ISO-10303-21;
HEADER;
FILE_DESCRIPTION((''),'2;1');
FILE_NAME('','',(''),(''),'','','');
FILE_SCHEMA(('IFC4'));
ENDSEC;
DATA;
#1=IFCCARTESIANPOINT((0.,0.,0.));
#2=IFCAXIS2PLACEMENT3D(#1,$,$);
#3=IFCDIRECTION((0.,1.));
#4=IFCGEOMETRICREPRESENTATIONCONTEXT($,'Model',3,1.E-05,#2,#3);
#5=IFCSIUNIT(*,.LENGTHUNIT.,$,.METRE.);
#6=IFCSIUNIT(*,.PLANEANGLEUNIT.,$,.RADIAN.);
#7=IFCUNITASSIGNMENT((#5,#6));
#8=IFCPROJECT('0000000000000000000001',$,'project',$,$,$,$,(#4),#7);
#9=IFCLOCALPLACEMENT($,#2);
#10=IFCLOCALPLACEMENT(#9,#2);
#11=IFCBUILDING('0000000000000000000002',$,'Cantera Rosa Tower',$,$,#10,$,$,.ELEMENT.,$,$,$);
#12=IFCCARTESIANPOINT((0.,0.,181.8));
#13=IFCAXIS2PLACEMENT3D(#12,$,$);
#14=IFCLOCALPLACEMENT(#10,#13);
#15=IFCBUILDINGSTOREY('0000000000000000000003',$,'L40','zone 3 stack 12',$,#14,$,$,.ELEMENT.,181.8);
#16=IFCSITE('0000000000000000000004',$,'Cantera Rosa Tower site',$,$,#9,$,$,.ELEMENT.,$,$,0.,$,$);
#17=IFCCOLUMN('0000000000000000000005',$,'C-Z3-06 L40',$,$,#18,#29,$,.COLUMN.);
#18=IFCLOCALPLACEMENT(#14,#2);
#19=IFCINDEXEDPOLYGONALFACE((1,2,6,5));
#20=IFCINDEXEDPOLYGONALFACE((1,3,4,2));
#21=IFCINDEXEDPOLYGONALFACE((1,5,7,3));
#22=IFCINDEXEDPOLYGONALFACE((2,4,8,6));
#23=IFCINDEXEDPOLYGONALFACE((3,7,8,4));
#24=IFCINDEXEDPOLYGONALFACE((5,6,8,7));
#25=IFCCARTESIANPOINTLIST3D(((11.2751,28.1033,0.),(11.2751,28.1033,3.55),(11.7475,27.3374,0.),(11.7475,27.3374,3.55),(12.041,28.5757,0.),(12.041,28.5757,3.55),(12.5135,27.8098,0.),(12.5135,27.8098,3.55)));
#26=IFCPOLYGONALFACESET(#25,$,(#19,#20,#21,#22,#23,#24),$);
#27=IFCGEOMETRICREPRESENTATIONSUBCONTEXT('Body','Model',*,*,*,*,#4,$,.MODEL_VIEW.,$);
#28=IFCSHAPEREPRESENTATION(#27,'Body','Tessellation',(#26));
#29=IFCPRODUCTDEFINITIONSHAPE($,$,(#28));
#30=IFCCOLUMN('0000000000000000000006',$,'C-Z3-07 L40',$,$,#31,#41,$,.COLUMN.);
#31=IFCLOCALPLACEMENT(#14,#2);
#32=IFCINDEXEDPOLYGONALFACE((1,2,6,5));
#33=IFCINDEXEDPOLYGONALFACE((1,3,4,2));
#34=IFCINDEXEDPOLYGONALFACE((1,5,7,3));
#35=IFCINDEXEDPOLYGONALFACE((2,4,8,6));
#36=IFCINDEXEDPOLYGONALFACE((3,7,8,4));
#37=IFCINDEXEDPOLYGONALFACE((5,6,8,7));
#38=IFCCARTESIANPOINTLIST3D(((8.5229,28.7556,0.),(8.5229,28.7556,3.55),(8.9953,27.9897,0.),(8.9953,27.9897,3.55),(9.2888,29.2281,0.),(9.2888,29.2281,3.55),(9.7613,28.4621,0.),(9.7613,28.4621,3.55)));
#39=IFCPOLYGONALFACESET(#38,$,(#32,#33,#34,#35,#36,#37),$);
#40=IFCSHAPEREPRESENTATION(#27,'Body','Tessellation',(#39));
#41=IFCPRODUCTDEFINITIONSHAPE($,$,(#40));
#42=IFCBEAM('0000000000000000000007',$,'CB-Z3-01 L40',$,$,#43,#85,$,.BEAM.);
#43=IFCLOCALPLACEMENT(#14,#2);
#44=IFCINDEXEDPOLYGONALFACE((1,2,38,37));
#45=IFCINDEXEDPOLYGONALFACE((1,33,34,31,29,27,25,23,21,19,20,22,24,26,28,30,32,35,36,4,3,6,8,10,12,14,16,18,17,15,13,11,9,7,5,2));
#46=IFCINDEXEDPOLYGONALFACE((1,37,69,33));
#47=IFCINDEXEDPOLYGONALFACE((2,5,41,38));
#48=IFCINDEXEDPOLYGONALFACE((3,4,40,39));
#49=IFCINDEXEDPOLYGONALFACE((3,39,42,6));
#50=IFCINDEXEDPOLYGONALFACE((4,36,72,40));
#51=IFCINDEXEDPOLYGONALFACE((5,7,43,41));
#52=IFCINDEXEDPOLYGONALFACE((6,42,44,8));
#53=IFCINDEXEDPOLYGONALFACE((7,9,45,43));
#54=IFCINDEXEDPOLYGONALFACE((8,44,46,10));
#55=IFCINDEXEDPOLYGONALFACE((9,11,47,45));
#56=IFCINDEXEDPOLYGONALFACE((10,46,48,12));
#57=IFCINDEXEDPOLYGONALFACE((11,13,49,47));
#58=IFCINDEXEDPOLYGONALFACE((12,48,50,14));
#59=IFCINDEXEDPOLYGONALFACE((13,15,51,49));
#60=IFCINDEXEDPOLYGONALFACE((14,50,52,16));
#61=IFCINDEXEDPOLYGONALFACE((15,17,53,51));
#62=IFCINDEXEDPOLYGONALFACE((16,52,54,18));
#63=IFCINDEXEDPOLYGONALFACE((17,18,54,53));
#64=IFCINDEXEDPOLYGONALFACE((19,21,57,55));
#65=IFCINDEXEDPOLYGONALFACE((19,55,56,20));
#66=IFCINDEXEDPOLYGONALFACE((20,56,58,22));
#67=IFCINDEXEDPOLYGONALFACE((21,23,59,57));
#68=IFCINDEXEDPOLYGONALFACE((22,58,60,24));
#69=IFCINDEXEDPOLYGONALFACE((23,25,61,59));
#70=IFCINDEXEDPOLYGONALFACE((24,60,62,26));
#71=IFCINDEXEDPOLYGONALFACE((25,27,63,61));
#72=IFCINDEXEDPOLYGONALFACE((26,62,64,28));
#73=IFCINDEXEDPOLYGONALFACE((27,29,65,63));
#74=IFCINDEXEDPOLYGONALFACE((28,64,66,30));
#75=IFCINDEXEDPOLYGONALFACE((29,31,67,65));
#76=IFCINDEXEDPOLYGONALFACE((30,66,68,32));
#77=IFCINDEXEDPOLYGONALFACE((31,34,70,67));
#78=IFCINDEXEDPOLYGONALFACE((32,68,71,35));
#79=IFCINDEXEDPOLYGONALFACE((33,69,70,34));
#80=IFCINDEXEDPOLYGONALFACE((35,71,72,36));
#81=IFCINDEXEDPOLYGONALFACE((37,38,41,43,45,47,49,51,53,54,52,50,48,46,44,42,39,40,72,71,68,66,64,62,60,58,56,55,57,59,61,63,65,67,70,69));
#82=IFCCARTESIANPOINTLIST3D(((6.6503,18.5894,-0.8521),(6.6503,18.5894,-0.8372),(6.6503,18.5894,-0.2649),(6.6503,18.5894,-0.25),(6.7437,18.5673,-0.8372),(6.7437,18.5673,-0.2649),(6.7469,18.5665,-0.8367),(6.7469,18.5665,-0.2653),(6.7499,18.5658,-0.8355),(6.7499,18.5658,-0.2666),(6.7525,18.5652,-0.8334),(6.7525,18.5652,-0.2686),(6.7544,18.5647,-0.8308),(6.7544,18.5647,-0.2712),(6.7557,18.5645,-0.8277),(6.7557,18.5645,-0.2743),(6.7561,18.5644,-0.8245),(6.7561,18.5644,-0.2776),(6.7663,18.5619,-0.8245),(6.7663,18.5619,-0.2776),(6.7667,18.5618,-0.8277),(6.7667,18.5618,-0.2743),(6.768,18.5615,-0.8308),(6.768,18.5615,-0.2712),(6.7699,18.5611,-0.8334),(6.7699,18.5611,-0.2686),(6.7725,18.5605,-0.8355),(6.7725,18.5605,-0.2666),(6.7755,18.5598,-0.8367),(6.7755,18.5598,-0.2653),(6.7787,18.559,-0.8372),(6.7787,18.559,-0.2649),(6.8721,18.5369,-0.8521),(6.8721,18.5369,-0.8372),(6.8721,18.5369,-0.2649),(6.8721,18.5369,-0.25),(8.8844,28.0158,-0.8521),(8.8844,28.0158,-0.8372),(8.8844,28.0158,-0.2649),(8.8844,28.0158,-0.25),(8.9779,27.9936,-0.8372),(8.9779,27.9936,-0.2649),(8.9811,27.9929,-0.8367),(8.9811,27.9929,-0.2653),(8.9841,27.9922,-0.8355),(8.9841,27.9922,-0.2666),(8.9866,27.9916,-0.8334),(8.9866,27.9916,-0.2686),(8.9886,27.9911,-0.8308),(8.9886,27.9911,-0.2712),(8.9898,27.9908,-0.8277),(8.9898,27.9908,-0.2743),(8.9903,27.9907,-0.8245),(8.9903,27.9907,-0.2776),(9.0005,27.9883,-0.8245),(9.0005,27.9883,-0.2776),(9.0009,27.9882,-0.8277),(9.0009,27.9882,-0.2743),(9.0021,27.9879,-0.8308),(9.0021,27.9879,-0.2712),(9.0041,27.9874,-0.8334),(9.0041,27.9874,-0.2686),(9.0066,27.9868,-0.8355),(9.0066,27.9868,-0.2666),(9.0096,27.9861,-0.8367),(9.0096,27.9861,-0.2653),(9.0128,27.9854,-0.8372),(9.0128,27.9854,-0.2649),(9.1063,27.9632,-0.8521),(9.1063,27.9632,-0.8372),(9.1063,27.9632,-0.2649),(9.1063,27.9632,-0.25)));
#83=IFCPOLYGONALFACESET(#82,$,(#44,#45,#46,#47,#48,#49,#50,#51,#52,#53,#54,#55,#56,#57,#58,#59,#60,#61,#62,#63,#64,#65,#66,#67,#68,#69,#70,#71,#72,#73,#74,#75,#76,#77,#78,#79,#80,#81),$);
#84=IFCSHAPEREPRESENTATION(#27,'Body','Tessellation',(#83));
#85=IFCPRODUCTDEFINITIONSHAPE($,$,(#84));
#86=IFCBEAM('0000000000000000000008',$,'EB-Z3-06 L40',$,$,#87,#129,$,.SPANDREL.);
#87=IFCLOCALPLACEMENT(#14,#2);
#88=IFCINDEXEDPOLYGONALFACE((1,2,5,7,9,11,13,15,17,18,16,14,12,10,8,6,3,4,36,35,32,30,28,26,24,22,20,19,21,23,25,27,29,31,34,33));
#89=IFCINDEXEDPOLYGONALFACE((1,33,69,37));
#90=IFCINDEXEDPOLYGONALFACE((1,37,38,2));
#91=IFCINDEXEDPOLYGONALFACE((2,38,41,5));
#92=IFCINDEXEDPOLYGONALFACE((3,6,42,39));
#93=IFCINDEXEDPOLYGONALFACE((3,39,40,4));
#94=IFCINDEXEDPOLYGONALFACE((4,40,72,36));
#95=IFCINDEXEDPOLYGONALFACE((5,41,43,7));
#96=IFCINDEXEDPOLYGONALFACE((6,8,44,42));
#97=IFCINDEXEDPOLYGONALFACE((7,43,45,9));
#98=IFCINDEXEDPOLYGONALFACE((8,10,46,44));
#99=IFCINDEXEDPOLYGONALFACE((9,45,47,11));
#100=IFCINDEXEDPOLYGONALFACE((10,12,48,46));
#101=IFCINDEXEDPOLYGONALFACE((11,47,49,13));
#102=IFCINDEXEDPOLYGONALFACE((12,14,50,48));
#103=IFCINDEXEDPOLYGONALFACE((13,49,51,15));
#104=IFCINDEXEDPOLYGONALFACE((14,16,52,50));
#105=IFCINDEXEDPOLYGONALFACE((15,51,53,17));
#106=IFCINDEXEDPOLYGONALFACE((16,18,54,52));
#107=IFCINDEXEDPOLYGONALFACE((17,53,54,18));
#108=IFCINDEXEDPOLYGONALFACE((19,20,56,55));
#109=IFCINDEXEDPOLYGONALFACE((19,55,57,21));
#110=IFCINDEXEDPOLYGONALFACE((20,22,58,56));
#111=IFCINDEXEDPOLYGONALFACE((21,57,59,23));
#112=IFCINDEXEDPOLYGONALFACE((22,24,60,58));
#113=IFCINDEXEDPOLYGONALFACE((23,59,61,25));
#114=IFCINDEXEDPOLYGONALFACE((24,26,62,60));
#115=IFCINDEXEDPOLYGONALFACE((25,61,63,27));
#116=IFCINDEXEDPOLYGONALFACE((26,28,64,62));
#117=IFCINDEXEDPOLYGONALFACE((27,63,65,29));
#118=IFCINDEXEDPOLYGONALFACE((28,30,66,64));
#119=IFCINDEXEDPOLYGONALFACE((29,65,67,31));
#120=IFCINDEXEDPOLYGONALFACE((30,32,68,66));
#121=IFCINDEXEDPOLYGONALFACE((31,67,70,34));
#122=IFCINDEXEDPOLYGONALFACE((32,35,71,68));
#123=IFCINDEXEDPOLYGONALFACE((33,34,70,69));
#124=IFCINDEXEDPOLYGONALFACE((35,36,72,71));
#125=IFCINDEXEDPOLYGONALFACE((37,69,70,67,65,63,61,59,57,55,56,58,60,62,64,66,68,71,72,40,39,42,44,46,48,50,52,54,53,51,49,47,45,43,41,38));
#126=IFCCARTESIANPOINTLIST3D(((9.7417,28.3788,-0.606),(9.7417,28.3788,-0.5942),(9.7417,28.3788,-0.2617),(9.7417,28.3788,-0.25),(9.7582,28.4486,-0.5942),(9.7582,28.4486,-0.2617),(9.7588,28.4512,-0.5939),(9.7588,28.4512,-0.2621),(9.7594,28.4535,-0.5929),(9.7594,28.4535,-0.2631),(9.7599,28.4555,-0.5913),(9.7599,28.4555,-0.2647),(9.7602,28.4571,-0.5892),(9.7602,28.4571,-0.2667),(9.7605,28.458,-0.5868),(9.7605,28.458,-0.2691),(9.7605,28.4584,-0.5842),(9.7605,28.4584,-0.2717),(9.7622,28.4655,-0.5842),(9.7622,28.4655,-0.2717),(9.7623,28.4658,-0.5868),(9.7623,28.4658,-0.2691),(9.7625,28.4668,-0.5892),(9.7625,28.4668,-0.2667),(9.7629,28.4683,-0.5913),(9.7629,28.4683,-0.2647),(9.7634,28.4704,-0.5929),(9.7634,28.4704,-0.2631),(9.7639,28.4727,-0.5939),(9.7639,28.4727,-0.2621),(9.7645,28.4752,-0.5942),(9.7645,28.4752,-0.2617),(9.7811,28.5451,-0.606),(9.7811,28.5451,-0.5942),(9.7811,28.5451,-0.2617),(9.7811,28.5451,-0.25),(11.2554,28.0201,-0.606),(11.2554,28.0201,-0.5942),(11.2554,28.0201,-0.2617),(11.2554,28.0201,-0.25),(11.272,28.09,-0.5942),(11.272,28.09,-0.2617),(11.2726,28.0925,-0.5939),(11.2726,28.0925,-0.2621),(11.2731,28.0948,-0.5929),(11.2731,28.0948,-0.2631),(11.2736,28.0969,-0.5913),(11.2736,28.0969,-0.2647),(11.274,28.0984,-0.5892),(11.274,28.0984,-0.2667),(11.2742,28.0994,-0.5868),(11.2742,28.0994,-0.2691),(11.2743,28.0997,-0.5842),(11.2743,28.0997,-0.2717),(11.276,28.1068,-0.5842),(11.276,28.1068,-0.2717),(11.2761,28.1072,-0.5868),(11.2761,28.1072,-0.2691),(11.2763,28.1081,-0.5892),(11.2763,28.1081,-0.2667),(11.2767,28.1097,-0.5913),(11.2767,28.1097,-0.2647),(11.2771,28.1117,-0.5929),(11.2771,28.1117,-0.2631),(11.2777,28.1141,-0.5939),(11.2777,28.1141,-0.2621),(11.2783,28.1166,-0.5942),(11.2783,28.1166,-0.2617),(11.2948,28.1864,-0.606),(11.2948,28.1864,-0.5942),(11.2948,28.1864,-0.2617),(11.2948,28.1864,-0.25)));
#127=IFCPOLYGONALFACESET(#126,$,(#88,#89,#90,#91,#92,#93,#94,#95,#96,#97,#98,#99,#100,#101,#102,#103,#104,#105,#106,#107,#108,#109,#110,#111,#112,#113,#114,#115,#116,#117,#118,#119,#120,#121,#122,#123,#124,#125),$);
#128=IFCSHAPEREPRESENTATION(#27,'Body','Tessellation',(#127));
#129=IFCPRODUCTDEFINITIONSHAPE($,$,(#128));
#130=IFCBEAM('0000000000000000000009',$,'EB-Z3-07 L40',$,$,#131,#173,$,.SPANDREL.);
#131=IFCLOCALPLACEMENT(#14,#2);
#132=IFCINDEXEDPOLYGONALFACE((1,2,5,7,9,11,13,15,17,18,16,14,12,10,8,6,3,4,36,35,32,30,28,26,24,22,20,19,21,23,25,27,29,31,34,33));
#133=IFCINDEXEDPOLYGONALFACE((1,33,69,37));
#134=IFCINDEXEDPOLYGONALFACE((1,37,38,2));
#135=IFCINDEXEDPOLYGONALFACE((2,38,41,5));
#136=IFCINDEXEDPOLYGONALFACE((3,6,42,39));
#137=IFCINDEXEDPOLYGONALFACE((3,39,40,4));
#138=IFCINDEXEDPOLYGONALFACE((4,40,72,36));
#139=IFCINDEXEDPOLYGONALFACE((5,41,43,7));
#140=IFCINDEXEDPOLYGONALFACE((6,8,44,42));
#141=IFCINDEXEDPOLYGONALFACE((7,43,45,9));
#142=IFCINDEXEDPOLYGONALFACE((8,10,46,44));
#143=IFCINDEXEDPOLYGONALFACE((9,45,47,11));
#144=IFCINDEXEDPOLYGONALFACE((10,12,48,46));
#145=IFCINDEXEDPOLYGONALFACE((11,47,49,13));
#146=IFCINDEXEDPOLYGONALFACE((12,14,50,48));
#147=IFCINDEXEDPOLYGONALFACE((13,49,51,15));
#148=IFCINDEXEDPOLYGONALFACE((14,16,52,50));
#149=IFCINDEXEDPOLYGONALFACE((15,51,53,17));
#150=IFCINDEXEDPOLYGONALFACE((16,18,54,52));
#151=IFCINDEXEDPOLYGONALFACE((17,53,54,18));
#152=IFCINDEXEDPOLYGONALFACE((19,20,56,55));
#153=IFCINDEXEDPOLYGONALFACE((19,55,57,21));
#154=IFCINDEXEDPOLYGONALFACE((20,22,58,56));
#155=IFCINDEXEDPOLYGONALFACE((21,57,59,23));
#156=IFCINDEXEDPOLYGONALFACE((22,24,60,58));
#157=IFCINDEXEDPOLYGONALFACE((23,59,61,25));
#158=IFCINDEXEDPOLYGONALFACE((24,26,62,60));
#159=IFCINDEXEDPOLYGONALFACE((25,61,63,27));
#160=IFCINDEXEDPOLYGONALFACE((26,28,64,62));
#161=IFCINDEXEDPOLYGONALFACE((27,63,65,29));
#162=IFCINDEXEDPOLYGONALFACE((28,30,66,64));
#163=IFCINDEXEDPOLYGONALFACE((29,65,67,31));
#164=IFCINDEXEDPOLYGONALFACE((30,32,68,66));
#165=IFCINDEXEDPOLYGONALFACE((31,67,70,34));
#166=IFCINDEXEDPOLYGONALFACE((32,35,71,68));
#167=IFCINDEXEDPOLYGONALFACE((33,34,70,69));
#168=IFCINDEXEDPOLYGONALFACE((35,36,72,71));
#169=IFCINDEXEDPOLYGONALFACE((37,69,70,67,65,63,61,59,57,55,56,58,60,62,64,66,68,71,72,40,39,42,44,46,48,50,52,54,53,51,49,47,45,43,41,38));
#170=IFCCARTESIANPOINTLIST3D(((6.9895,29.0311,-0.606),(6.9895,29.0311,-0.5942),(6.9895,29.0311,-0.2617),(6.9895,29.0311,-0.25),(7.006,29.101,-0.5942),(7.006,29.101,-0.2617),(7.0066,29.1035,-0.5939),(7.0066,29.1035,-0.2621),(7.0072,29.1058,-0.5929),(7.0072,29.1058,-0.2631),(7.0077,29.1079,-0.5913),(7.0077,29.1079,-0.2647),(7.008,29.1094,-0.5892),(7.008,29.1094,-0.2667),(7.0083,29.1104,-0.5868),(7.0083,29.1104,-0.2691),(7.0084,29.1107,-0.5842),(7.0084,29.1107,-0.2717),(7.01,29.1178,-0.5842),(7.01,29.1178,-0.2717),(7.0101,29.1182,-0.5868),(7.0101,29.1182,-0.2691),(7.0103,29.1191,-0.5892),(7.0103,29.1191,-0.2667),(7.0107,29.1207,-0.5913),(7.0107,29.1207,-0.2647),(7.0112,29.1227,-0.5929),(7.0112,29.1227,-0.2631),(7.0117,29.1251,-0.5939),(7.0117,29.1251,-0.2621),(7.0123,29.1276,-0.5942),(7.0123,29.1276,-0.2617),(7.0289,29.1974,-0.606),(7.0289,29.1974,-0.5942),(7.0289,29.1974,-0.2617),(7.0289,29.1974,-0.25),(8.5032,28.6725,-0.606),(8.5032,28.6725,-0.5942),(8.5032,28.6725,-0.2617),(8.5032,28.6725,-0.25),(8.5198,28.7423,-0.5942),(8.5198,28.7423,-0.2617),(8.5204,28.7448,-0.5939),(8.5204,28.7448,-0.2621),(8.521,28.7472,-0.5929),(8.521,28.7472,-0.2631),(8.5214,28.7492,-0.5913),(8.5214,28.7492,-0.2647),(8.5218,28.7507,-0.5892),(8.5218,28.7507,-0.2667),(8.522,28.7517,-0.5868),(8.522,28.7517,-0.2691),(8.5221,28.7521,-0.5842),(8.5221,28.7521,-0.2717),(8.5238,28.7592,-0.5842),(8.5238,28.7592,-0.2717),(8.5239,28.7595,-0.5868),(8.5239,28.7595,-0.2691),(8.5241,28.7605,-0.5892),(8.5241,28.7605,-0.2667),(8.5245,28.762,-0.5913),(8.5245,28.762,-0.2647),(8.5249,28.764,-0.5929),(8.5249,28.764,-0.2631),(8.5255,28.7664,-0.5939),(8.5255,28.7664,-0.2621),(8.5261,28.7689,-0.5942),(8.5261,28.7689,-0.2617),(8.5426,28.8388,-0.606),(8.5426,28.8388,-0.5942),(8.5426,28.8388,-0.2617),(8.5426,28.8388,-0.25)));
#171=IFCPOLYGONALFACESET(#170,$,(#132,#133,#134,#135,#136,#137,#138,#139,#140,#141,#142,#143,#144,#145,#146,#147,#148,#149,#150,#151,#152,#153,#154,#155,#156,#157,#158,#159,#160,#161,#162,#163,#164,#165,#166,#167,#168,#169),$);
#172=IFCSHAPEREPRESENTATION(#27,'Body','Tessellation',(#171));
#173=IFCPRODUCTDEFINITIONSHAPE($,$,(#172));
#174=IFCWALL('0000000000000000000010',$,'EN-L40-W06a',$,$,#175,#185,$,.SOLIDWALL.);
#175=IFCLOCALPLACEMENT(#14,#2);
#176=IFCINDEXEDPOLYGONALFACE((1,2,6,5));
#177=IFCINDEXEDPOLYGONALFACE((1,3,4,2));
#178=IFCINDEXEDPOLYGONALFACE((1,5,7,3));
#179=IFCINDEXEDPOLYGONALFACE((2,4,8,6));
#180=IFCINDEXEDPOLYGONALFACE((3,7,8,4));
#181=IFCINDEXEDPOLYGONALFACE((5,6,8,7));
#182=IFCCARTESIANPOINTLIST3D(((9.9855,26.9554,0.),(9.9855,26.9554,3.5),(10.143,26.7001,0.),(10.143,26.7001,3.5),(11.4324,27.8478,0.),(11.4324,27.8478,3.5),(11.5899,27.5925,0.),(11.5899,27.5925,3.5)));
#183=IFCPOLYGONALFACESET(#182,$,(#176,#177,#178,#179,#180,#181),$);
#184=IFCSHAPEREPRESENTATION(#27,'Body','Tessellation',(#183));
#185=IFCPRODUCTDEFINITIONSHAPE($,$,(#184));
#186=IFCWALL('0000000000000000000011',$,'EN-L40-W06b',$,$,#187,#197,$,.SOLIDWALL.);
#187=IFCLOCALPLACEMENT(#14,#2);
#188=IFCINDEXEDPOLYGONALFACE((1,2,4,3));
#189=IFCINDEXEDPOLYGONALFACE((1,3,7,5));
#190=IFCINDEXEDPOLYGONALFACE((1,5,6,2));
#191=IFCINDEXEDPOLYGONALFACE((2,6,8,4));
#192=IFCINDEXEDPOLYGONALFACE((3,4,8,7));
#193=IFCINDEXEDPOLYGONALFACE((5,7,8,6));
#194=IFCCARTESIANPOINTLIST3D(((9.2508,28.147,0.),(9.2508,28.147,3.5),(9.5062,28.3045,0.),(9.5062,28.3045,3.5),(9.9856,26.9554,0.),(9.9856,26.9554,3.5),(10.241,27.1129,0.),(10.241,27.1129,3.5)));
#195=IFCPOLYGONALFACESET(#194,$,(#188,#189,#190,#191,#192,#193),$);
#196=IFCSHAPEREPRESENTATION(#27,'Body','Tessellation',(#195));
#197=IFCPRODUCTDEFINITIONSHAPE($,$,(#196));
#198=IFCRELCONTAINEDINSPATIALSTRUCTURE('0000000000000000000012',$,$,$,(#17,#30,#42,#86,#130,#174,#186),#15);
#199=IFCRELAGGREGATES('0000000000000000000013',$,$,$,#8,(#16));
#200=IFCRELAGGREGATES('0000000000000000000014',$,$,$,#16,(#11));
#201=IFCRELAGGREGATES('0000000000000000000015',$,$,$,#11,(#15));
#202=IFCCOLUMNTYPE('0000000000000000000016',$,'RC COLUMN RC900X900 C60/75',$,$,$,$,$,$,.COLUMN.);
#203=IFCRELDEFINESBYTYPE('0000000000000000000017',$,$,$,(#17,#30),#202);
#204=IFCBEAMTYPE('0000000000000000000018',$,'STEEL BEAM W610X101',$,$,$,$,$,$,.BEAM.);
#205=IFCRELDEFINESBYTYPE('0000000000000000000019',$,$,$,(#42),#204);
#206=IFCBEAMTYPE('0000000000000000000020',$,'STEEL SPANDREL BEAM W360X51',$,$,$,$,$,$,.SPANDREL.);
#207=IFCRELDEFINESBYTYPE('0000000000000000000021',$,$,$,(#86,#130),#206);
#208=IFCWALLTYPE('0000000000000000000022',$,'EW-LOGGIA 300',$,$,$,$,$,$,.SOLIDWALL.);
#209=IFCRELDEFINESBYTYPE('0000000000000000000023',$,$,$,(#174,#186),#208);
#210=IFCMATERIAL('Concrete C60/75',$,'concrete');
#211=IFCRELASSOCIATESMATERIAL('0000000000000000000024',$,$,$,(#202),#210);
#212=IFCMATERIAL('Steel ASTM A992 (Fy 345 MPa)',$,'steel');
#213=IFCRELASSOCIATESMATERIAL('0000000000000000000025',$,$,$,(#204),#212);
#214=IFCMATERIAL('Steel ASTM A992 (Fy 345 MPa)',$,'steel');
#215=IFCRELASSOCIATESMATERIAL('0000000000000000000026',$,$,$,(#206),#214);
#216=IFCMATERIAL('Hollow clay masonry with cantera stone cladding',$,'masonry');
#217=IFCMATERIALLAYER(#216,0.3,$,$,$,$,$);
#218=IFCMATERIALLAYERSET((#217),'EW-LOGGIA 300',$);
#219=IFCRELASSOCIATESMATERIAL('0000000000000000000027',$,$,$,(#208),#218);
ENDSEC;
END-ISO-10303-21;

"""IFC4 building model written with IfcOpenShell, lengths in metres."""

from ifc_helpers import new_model, si_unit, direction, frame, frame_2d, origin, origin_2d, place, context, subcontext, project, spatial, rectangle, i_section, extrude, material, layer, layer_set, material_profile, profile_set, type_object, element, save


model = new_model("IFC4")

# Units and contexts
model_context = context("Model", 3, precision=1e-05, world=origin(), true_north=direction((0.0, 1.0)))
body_context = subcontext(model_context, "Body", "Model", "MODEL_VIEW")
ifc_project = project(units=[si_unit("LENGTHUNIT", "METRE"), si_unit("PLANEANGLEUNIT", "RADIAN")], contexts=[model_context])

# Site, building, storey
site_placement = place(None, origin())
site = spatial("IfcSite", under=ifc_project, at=site_placement, Name="Cantera Rosa Tower site", CompositionType="ELEMENT", RefElevation=0.0)
building_placement = place(site_placement, origin())
building = spatial("IfcBuilding", under=site, at=building_placement, Name="Cantera Rosa Tower", CompositionType="ELEMENT")
storey_placement = place(building_placement, frame((0.0, 0.0, 181.8)))
storey = spatial("IfcBuildingStorey", under=building, at=storey_placement, Name="L40", Description="zone 3 stack 12", CompositionType="ELEMENT", Elevation=181.8)

# Columns
ifc_material_1 = material(Name="Concrete C60/75", Category="concrete")
ifc_material_profile_1 = material_profile(ifc_material_1, rectangle(XDim=0.8999, YDim=0.8999, at=origin_2d()), Name="RC COLUMN RC900X900 C60/75")
ifc_profile_set_1 = profile_set([ifc_material_profile_1], Name="Concrete C60/75")
column_type = type_object("IfcColumnType", Name="RC COLUMN RC900X900 C60/75", PredefinedType="COLUMN", material=ifc_profile_set_1)
for number, where, z_axis, x_axis, name in (
    (1, (11.8943, 27.9565, 0.0), (0.0, 0.0, 1.0), (0.851117, 0.524977, 0.0), "C-Z3-06 L40"),
    (2, (9.1421, 28.6089, 0.0), (0.0, 0.0, 1.0), (0.851117, 0.524977, 0.0), "C-Z3-07 L40"),
):
    element("IfcColumn", number, at=place(storey_placement, frame(where, z_axis=z_axis, x_axis=x_axis)), inside=storey, type_object=column_type, Name=name, PredefinedType="COLUMN", context=body_context, shape_type="SweptSolid", body=[
        extrude(rectangle(XDim=0.8999, YDim=0.8999, at=origin_2d()), origin(), (0.0, 0.0, 1.0), 3.55),
    ])

# Beams
ifc_material_2 = material(Name="Steel ASTM A992 (Fy 345 MPa)", Category="steel")
ifc_material_profile_2 = material_profile(ifc_material_2, i_section(OverallWidth=0.228, OverallDepth=0.6021, WebThickness=0.0105, FlangeThickness=0.0149, FilletRadius=0.0127, at=origin_2d()), Name="W610X101")
ifc_profile_set_2 = profile_set([ifc_material_profile_2], Name="Steel ASTM A992 (Fy 345 MPa)")
beam_type_1 = type_object("IfcBeamType", Name="STEEL BEAM W610X101", PredefinedType="BEAM", material=ifc_profile_set_2)
beam_placement = place(storey_placement, frame((8.9954, 27.9895, -0.551), z_axis=(-0.230622, -0.973043, 0.0), x_axis=(0.973043, -0.230622, 0.0)))
element("IfcBeam", 3, at=beam_placement, inside=storey, type_object=beam_type_1, Name="CB-Z3-01 L40", PredefinedType="BEAM", context=body_context, shape_type="SweptSolid", body=[
    extrude(i_section(OverallWidth=0.228, OverallDepth=0.6021, WebThickness=0.0105, FlangeThickness=0.0149, FilletRadius=0.0127, at=origin_2d()), origin(), (0.0, 0.0, 1.0), 9.6875),
])
ifc_material_3 = material(Name="Steel ASTM A992 (Fy 345 MPa)", Category="steel")
ifc_material_profile_3 = material_profile(ifc_material_3, i_section(OverallWidth=0.1709, OverallDepth=0.356, WebThickness=0.0073, FlangeThickness=0.0117, FilletRadius=0.01, at=origin_2d()), Name="W360X51")
ifc_profile_set_3 = profile_set([ifc_material_profile_3], Name="Steel ASTM A992 (Fy 345 MPa)")
beam_type_2 = type_object("IfcBeamType", Name="STEEL SPANDREL BEAM W360X51", PredefinedType="SPANDREL", material=ifc_profile_set_3)
for number, where, z_axis, x_axis, name in (
    (4, (11.2751, 28.1033, -0.428), (-0.97306, 0.230552, 0.0), (-0.230552, -0.97306, 0.0), "EB-Z3-06 L40"),
    (5, (8.5229, 28.7556, -0.428), (-0.97306, 0.230552, 0.0), (-0.230552, -0.97306, 0.0), "EB-Z3-07 L40"),
):
    element("IfcBeam", number, at=place(storey_placement, frame(where, z_axis=z_axis, x_axis=x_axis)), inside=storey, type_object=beam_type_2, Name=name, PredefinedType="SPANDREL", context=body_context, shape_type="SweptSolid", body=[
        extrude(i_section(OverallWidth=0.1709, OverallDepth=0.356, WebThickness=0.0073, FlangeThickness=0.0117, FilletRadius=0.01, at=origin_2d()), origin(), (0.0, 0.0, 1.0), 1.5557),
    ])

# Walls
ifc_material_4 = material(Name="Hollow clay masonry with cantera stone cladding", Category="masonry")
ifc_layer_1 = layer(ifc_material_4, 0.3)
ifc_layer_set_1 = layer_set([ifc_layer_1], Name="EW-LOGGIA 300")
wall_type_1 = type_object("IfcWallType", Name="EW-LOGGIA 300", PredefinedType="SOLIDWALL", material=ifc_layer_set_1)
wall_1_placement = place(storey_placement, frame((11.5112, 27.7202, 0.0), z_axis=(0.0, 0.0, 1.0), x_axis=(-0.85113, -0.524955, 0.0)))
element("IfcWall", 6, at=wall_1_placement, inside=storey, type_object=wall_type_1, Name="EN-L40-W06a", PredefinedType="SOLIDWALL", context=body_context, shape_type="SweptSolid", body=[
    extrude(rectangle(XDim=1.7, YDim=0.3, at=frame_2d((0.8501, 0.0))), origin(), (0.0, 0.0, 1.0), 3.5),
])
wall_2_placement = place(storey_placement, frame((10.1133, 27.0342, 0.0), z_axis=(0.0, 0.0, 1.0), x_axis=(-0.524895, 0.851167, 0.0)))
element("IfcWall", 7, at=wall_2_placement, inside=storey, type_object=wall_type_1, Name="EN-L40-W06b", PredefinedType="SOLIDWALL", context=body_context, shape_type="SweptSolid", body=[
    extrude(rectangle(XDim=1.3999, YDim=0.3, at=frame_2d((0.7, 0.0))), origin(), (0.0, 0.0, 1.0), 3.5),
])

save(model, "model.ifc")
